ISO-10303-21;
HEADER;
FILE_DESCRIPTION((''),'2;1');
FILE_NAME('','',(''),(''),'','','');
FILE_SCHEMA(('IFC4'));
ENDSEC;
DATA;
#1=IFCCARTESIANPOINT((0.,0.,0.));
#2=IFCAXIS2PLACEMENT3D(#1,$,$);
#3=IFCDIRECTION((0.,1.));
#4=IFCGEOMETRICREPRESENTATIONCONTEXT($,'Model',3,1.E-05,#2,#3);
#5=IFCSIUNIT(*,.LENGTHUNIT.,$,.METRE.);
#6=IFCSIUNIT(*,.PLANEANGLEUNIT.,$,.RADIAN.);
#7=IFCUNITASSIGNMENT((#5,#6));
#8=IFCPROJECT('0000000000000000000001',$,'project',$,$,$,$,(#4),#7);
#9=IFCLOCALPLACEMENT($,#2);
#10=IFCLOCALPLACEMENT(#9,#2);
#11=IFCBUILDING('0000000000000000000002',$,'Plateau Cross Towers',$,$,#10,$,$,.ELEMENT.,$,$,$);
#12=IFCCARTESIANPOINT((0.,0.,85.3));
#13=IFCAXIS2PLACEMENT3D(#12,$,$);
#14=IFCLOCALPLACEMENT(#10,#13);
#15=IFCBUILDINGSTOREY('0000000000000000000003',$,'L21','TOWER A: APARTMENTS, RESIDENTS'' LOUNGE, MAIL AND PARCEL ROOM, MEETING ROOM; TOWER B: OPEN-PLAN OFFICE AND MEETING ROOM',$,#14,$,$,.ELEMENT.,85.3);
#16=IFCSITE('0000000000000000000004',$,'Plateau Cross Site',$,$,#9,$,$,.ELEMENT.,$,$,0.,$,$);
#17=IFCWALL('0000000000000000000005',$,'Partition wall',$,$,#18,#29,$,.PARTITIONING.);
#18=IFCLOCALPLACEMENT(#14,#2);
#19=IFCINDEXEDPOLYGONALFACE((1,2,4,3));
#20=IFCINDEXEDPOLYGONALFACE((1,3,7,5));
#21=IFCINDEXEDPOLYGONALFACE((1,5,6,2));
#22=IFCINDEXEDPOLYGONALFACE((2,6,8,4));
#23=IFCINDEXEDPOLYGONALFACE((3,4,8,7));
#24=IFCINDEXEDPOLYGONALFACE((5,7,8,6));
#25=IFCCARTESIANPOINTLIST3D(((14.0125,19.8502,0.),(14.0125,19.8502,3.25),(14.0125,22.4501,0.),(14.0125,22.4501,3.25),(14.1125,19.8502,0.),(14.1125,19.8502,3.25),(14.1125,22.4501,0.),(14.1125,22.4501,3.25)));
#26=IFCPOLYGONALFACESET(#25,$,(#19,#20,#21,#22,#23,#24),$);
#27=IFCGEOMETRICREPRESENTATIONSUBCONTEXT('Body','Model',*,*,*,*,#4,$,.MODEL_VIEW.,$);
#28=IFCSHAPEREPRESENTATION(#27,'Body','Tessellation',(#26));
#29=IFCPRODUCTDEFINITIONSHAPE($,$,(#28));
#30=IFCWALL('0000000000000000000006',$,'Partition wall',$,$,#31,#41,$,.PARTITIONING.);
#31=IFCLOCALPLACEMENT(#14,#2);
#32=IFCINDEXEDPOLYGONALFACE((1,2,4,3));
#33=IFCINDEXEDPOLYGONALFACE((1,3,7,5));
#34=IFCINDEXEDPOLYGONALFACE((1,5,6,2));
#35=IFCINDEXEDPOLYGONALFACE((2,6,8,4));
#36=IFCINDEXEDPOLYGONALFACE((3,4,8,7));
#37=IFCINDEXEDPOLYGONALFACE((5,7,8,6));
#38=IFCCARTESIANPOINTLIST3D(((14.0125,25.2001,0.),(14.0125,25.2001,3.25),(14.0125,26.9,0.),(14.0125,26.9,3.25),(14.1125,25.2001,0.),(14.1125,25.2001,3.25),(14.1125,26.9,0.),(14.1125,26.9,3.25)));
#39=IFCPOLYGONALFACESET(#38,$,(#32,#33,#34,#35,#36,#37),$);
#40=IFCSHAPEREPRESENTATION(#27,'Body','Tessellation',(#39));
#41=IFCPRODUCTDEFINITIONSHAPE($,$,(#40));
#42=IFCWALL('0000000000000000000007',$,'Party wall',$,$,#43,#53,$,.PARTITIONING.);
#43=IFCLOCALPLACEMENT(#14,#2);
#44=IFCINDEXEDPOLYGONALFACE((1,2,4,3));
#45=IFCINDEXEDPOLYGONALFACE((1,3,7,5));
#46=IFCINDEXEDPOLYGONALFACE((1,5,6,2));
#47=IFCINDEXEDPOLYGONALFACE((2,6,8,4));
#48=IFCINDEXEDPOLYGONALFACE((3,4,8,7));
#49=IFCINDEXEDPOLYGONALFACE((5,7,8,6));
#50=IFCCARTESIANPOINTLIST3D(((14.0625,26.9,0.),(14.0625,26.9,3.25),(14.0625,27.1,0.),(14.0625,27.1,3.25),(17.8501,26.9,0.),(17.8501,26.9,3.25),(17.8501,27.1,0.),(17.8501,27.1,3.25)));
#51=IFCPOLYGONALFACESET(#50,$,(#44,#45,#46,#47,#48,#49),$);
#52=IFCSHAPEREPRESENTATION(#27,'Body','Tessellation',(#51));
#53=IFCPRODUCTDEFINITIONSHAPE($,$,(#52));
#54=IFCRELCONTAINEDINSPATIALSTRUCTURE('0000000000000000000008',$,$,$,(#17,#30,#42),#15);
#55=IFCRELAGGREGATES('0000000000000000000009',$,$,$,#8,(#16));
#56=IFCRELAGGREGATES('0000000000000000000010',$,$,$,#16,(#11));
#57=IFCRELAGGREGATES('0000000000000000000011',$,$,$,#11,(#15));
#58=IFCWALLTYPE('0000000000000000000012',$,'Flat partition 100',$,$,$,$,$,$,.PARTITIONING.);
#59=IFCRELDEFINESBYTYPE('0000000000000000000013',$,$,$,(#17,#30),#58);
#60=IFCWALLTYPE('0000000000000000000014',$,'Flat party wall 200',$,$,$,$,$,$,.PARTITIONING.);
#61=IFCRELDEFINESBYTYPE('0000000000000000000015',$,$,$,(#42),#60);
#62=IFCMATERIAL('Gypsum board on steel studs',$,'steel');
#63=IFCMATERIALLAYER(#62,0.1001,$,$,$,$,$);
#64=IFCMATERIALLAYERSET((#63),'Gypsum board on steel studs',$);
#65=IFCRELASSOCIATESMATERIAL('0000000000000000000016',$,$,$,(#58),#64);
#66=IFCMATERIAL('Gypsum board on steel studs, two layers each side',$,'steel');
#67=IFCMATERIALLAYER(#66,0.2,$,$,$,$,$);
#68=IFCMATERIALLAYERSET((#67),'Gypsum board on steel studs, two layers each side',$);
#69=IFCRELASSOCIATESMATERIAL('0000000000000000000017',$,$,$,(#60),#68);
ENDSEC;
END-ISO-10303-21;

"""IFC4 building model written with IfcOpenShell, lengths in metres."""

from ifc_helpers import new_model, si_unit, direction, frame, frame_2d, origin, place, context, subcontext, project, spatial, rectangle, extrude, material, layer, layer_set, type_object, element, save


model = new_model("IFC4")

# Units and contexts
model_context = context("Model", 3, precision=1e-05, world=origin(), true_north=direction((0.0, 1.0)))
body_context = subcontext(model_context, "Body", "Model", "MODEL_VIEW")
ifc_project = project(units=[si_unit("LENGTHUNIT", "METRE"), si_unit("PLANEANGLEUNIT", "RADIAN")], contexts=[model_context])

# Site, building, storey
site_placement = place(None, origin())
site = spatial("IfcSite", under=ifc_project, at=site_placement, Name="Plateau Cross Site", CompositionType="ELEMENT", RefElevation=0.0)
building_placement = place(site_placement, origin())
building = spatial("IfcBuilding", under=site, at=building_placement, Name="Plateau Cross Towers", CompositionType="ELEMENT")
storey_placement = place(building_placement, frame((0.0, 0.0, 85.3)))
storey = spatial("IfcBuildingStorey", under=building, at=storey_placement, Name="L21", Description="TOWER A: APARTMENTS, RESIDENTS' LOUNGE, MAIL AND PARCEL ROOM, MEETING ROOM; TOWER B: OPEN-PLAN OFFICE AND MEETING ROOM", CompositionType="ELEMENT", Elevation=85.3)

# Shared definitions
ifc_material_1 = material(Name="Gypsum board on steel studs", Category="steel")
ifc_layer_1 = layer(ifc_material_1, 0.1001)
ifc_layer_set_1 = layer_set([ifc_layer_1], Name="Gypsum board on steel studs")
wall_type_1 = type_object("IfcWallType", Name="Flat partition 100", PredefinedType="PARTITIONING", material=ifc_layer_set_1)

# Walls
wall_1_placement = place(storey_placement, frame((14.0625, 22.45, 0.0), z_axis=(0.0, 0.0, 1.0), x_axis=(0.0, -1.0, 0.0)))
element("IfcWall", 1, at=wall_1_placement, inside=storey, type_object=wall_type_1, Name="Partition wall", PredefinedType="PARTITIONING", context=body_context, shape_type="SweptSolid", body=[
    extrude(rectangle(XDim=2.5999, YDim=0.1001, at=frame_2d((1.2998, 0.0))), origin(), (0.0, 0.0, 1.0), 3.25),
])
wall_2_placement = place(storey_placement, frame((14.0625, 25.2, 0.0), z_axis=(0.0, 0.0, 1.0), x_axis=(0.0, 1.0, 0.0)))
element("IfcWall", 2, at=wall_2_placement, inside=storey, type_object=wall_type_1, Name="Partition wall", PredefinedType="PARTITIONING", context=body_context, shape_type="SweptSolid", body=[
    extrude(rectangle(XDim=1.7, YDim=0.1001, at=frame_2d((0.8501, 0.0))), origin(), (0.0, 0.0, 1.0), 3.25),
])
ifc_material_2 = material(Name="Gypsum board on steel studs, two layers each side", Category="steel")
ifc_layer_2 = layer(ifc_material_2, 0.2)
ifc_layer_set_2 = layer_set([ifc_layer_2], Name="Gypsum board on steel studs, two layers each side")
wall_type_2 = type_object("IfcWallType", Name="Flat party wall 200", PredefinedType="PARTITIONING", material=ifc_layer_set_2)
wall_3_placement = place(storey_placement, frame((14.0625, 27.0, 0.0), z_axis=(0.0, 0.0, 1.0), x_axis=(1.0, 0.0, 0.0)))
element("IfcWall", 3, at=wall_3_placement, inside=storey, type_object=wall_type_2, Name="Party wall", PredefinedType="PARTITIONING", context=body_context, shape_type="SweptSolid", body=[
    extrude(rectangle(XDim=3.7876, YDim=0.2, at=frame_2d((1.8938, 0.0))), origin(), (0.0, 0.0, 1.0), 3.25),
])

save(model, "model.ifc")
